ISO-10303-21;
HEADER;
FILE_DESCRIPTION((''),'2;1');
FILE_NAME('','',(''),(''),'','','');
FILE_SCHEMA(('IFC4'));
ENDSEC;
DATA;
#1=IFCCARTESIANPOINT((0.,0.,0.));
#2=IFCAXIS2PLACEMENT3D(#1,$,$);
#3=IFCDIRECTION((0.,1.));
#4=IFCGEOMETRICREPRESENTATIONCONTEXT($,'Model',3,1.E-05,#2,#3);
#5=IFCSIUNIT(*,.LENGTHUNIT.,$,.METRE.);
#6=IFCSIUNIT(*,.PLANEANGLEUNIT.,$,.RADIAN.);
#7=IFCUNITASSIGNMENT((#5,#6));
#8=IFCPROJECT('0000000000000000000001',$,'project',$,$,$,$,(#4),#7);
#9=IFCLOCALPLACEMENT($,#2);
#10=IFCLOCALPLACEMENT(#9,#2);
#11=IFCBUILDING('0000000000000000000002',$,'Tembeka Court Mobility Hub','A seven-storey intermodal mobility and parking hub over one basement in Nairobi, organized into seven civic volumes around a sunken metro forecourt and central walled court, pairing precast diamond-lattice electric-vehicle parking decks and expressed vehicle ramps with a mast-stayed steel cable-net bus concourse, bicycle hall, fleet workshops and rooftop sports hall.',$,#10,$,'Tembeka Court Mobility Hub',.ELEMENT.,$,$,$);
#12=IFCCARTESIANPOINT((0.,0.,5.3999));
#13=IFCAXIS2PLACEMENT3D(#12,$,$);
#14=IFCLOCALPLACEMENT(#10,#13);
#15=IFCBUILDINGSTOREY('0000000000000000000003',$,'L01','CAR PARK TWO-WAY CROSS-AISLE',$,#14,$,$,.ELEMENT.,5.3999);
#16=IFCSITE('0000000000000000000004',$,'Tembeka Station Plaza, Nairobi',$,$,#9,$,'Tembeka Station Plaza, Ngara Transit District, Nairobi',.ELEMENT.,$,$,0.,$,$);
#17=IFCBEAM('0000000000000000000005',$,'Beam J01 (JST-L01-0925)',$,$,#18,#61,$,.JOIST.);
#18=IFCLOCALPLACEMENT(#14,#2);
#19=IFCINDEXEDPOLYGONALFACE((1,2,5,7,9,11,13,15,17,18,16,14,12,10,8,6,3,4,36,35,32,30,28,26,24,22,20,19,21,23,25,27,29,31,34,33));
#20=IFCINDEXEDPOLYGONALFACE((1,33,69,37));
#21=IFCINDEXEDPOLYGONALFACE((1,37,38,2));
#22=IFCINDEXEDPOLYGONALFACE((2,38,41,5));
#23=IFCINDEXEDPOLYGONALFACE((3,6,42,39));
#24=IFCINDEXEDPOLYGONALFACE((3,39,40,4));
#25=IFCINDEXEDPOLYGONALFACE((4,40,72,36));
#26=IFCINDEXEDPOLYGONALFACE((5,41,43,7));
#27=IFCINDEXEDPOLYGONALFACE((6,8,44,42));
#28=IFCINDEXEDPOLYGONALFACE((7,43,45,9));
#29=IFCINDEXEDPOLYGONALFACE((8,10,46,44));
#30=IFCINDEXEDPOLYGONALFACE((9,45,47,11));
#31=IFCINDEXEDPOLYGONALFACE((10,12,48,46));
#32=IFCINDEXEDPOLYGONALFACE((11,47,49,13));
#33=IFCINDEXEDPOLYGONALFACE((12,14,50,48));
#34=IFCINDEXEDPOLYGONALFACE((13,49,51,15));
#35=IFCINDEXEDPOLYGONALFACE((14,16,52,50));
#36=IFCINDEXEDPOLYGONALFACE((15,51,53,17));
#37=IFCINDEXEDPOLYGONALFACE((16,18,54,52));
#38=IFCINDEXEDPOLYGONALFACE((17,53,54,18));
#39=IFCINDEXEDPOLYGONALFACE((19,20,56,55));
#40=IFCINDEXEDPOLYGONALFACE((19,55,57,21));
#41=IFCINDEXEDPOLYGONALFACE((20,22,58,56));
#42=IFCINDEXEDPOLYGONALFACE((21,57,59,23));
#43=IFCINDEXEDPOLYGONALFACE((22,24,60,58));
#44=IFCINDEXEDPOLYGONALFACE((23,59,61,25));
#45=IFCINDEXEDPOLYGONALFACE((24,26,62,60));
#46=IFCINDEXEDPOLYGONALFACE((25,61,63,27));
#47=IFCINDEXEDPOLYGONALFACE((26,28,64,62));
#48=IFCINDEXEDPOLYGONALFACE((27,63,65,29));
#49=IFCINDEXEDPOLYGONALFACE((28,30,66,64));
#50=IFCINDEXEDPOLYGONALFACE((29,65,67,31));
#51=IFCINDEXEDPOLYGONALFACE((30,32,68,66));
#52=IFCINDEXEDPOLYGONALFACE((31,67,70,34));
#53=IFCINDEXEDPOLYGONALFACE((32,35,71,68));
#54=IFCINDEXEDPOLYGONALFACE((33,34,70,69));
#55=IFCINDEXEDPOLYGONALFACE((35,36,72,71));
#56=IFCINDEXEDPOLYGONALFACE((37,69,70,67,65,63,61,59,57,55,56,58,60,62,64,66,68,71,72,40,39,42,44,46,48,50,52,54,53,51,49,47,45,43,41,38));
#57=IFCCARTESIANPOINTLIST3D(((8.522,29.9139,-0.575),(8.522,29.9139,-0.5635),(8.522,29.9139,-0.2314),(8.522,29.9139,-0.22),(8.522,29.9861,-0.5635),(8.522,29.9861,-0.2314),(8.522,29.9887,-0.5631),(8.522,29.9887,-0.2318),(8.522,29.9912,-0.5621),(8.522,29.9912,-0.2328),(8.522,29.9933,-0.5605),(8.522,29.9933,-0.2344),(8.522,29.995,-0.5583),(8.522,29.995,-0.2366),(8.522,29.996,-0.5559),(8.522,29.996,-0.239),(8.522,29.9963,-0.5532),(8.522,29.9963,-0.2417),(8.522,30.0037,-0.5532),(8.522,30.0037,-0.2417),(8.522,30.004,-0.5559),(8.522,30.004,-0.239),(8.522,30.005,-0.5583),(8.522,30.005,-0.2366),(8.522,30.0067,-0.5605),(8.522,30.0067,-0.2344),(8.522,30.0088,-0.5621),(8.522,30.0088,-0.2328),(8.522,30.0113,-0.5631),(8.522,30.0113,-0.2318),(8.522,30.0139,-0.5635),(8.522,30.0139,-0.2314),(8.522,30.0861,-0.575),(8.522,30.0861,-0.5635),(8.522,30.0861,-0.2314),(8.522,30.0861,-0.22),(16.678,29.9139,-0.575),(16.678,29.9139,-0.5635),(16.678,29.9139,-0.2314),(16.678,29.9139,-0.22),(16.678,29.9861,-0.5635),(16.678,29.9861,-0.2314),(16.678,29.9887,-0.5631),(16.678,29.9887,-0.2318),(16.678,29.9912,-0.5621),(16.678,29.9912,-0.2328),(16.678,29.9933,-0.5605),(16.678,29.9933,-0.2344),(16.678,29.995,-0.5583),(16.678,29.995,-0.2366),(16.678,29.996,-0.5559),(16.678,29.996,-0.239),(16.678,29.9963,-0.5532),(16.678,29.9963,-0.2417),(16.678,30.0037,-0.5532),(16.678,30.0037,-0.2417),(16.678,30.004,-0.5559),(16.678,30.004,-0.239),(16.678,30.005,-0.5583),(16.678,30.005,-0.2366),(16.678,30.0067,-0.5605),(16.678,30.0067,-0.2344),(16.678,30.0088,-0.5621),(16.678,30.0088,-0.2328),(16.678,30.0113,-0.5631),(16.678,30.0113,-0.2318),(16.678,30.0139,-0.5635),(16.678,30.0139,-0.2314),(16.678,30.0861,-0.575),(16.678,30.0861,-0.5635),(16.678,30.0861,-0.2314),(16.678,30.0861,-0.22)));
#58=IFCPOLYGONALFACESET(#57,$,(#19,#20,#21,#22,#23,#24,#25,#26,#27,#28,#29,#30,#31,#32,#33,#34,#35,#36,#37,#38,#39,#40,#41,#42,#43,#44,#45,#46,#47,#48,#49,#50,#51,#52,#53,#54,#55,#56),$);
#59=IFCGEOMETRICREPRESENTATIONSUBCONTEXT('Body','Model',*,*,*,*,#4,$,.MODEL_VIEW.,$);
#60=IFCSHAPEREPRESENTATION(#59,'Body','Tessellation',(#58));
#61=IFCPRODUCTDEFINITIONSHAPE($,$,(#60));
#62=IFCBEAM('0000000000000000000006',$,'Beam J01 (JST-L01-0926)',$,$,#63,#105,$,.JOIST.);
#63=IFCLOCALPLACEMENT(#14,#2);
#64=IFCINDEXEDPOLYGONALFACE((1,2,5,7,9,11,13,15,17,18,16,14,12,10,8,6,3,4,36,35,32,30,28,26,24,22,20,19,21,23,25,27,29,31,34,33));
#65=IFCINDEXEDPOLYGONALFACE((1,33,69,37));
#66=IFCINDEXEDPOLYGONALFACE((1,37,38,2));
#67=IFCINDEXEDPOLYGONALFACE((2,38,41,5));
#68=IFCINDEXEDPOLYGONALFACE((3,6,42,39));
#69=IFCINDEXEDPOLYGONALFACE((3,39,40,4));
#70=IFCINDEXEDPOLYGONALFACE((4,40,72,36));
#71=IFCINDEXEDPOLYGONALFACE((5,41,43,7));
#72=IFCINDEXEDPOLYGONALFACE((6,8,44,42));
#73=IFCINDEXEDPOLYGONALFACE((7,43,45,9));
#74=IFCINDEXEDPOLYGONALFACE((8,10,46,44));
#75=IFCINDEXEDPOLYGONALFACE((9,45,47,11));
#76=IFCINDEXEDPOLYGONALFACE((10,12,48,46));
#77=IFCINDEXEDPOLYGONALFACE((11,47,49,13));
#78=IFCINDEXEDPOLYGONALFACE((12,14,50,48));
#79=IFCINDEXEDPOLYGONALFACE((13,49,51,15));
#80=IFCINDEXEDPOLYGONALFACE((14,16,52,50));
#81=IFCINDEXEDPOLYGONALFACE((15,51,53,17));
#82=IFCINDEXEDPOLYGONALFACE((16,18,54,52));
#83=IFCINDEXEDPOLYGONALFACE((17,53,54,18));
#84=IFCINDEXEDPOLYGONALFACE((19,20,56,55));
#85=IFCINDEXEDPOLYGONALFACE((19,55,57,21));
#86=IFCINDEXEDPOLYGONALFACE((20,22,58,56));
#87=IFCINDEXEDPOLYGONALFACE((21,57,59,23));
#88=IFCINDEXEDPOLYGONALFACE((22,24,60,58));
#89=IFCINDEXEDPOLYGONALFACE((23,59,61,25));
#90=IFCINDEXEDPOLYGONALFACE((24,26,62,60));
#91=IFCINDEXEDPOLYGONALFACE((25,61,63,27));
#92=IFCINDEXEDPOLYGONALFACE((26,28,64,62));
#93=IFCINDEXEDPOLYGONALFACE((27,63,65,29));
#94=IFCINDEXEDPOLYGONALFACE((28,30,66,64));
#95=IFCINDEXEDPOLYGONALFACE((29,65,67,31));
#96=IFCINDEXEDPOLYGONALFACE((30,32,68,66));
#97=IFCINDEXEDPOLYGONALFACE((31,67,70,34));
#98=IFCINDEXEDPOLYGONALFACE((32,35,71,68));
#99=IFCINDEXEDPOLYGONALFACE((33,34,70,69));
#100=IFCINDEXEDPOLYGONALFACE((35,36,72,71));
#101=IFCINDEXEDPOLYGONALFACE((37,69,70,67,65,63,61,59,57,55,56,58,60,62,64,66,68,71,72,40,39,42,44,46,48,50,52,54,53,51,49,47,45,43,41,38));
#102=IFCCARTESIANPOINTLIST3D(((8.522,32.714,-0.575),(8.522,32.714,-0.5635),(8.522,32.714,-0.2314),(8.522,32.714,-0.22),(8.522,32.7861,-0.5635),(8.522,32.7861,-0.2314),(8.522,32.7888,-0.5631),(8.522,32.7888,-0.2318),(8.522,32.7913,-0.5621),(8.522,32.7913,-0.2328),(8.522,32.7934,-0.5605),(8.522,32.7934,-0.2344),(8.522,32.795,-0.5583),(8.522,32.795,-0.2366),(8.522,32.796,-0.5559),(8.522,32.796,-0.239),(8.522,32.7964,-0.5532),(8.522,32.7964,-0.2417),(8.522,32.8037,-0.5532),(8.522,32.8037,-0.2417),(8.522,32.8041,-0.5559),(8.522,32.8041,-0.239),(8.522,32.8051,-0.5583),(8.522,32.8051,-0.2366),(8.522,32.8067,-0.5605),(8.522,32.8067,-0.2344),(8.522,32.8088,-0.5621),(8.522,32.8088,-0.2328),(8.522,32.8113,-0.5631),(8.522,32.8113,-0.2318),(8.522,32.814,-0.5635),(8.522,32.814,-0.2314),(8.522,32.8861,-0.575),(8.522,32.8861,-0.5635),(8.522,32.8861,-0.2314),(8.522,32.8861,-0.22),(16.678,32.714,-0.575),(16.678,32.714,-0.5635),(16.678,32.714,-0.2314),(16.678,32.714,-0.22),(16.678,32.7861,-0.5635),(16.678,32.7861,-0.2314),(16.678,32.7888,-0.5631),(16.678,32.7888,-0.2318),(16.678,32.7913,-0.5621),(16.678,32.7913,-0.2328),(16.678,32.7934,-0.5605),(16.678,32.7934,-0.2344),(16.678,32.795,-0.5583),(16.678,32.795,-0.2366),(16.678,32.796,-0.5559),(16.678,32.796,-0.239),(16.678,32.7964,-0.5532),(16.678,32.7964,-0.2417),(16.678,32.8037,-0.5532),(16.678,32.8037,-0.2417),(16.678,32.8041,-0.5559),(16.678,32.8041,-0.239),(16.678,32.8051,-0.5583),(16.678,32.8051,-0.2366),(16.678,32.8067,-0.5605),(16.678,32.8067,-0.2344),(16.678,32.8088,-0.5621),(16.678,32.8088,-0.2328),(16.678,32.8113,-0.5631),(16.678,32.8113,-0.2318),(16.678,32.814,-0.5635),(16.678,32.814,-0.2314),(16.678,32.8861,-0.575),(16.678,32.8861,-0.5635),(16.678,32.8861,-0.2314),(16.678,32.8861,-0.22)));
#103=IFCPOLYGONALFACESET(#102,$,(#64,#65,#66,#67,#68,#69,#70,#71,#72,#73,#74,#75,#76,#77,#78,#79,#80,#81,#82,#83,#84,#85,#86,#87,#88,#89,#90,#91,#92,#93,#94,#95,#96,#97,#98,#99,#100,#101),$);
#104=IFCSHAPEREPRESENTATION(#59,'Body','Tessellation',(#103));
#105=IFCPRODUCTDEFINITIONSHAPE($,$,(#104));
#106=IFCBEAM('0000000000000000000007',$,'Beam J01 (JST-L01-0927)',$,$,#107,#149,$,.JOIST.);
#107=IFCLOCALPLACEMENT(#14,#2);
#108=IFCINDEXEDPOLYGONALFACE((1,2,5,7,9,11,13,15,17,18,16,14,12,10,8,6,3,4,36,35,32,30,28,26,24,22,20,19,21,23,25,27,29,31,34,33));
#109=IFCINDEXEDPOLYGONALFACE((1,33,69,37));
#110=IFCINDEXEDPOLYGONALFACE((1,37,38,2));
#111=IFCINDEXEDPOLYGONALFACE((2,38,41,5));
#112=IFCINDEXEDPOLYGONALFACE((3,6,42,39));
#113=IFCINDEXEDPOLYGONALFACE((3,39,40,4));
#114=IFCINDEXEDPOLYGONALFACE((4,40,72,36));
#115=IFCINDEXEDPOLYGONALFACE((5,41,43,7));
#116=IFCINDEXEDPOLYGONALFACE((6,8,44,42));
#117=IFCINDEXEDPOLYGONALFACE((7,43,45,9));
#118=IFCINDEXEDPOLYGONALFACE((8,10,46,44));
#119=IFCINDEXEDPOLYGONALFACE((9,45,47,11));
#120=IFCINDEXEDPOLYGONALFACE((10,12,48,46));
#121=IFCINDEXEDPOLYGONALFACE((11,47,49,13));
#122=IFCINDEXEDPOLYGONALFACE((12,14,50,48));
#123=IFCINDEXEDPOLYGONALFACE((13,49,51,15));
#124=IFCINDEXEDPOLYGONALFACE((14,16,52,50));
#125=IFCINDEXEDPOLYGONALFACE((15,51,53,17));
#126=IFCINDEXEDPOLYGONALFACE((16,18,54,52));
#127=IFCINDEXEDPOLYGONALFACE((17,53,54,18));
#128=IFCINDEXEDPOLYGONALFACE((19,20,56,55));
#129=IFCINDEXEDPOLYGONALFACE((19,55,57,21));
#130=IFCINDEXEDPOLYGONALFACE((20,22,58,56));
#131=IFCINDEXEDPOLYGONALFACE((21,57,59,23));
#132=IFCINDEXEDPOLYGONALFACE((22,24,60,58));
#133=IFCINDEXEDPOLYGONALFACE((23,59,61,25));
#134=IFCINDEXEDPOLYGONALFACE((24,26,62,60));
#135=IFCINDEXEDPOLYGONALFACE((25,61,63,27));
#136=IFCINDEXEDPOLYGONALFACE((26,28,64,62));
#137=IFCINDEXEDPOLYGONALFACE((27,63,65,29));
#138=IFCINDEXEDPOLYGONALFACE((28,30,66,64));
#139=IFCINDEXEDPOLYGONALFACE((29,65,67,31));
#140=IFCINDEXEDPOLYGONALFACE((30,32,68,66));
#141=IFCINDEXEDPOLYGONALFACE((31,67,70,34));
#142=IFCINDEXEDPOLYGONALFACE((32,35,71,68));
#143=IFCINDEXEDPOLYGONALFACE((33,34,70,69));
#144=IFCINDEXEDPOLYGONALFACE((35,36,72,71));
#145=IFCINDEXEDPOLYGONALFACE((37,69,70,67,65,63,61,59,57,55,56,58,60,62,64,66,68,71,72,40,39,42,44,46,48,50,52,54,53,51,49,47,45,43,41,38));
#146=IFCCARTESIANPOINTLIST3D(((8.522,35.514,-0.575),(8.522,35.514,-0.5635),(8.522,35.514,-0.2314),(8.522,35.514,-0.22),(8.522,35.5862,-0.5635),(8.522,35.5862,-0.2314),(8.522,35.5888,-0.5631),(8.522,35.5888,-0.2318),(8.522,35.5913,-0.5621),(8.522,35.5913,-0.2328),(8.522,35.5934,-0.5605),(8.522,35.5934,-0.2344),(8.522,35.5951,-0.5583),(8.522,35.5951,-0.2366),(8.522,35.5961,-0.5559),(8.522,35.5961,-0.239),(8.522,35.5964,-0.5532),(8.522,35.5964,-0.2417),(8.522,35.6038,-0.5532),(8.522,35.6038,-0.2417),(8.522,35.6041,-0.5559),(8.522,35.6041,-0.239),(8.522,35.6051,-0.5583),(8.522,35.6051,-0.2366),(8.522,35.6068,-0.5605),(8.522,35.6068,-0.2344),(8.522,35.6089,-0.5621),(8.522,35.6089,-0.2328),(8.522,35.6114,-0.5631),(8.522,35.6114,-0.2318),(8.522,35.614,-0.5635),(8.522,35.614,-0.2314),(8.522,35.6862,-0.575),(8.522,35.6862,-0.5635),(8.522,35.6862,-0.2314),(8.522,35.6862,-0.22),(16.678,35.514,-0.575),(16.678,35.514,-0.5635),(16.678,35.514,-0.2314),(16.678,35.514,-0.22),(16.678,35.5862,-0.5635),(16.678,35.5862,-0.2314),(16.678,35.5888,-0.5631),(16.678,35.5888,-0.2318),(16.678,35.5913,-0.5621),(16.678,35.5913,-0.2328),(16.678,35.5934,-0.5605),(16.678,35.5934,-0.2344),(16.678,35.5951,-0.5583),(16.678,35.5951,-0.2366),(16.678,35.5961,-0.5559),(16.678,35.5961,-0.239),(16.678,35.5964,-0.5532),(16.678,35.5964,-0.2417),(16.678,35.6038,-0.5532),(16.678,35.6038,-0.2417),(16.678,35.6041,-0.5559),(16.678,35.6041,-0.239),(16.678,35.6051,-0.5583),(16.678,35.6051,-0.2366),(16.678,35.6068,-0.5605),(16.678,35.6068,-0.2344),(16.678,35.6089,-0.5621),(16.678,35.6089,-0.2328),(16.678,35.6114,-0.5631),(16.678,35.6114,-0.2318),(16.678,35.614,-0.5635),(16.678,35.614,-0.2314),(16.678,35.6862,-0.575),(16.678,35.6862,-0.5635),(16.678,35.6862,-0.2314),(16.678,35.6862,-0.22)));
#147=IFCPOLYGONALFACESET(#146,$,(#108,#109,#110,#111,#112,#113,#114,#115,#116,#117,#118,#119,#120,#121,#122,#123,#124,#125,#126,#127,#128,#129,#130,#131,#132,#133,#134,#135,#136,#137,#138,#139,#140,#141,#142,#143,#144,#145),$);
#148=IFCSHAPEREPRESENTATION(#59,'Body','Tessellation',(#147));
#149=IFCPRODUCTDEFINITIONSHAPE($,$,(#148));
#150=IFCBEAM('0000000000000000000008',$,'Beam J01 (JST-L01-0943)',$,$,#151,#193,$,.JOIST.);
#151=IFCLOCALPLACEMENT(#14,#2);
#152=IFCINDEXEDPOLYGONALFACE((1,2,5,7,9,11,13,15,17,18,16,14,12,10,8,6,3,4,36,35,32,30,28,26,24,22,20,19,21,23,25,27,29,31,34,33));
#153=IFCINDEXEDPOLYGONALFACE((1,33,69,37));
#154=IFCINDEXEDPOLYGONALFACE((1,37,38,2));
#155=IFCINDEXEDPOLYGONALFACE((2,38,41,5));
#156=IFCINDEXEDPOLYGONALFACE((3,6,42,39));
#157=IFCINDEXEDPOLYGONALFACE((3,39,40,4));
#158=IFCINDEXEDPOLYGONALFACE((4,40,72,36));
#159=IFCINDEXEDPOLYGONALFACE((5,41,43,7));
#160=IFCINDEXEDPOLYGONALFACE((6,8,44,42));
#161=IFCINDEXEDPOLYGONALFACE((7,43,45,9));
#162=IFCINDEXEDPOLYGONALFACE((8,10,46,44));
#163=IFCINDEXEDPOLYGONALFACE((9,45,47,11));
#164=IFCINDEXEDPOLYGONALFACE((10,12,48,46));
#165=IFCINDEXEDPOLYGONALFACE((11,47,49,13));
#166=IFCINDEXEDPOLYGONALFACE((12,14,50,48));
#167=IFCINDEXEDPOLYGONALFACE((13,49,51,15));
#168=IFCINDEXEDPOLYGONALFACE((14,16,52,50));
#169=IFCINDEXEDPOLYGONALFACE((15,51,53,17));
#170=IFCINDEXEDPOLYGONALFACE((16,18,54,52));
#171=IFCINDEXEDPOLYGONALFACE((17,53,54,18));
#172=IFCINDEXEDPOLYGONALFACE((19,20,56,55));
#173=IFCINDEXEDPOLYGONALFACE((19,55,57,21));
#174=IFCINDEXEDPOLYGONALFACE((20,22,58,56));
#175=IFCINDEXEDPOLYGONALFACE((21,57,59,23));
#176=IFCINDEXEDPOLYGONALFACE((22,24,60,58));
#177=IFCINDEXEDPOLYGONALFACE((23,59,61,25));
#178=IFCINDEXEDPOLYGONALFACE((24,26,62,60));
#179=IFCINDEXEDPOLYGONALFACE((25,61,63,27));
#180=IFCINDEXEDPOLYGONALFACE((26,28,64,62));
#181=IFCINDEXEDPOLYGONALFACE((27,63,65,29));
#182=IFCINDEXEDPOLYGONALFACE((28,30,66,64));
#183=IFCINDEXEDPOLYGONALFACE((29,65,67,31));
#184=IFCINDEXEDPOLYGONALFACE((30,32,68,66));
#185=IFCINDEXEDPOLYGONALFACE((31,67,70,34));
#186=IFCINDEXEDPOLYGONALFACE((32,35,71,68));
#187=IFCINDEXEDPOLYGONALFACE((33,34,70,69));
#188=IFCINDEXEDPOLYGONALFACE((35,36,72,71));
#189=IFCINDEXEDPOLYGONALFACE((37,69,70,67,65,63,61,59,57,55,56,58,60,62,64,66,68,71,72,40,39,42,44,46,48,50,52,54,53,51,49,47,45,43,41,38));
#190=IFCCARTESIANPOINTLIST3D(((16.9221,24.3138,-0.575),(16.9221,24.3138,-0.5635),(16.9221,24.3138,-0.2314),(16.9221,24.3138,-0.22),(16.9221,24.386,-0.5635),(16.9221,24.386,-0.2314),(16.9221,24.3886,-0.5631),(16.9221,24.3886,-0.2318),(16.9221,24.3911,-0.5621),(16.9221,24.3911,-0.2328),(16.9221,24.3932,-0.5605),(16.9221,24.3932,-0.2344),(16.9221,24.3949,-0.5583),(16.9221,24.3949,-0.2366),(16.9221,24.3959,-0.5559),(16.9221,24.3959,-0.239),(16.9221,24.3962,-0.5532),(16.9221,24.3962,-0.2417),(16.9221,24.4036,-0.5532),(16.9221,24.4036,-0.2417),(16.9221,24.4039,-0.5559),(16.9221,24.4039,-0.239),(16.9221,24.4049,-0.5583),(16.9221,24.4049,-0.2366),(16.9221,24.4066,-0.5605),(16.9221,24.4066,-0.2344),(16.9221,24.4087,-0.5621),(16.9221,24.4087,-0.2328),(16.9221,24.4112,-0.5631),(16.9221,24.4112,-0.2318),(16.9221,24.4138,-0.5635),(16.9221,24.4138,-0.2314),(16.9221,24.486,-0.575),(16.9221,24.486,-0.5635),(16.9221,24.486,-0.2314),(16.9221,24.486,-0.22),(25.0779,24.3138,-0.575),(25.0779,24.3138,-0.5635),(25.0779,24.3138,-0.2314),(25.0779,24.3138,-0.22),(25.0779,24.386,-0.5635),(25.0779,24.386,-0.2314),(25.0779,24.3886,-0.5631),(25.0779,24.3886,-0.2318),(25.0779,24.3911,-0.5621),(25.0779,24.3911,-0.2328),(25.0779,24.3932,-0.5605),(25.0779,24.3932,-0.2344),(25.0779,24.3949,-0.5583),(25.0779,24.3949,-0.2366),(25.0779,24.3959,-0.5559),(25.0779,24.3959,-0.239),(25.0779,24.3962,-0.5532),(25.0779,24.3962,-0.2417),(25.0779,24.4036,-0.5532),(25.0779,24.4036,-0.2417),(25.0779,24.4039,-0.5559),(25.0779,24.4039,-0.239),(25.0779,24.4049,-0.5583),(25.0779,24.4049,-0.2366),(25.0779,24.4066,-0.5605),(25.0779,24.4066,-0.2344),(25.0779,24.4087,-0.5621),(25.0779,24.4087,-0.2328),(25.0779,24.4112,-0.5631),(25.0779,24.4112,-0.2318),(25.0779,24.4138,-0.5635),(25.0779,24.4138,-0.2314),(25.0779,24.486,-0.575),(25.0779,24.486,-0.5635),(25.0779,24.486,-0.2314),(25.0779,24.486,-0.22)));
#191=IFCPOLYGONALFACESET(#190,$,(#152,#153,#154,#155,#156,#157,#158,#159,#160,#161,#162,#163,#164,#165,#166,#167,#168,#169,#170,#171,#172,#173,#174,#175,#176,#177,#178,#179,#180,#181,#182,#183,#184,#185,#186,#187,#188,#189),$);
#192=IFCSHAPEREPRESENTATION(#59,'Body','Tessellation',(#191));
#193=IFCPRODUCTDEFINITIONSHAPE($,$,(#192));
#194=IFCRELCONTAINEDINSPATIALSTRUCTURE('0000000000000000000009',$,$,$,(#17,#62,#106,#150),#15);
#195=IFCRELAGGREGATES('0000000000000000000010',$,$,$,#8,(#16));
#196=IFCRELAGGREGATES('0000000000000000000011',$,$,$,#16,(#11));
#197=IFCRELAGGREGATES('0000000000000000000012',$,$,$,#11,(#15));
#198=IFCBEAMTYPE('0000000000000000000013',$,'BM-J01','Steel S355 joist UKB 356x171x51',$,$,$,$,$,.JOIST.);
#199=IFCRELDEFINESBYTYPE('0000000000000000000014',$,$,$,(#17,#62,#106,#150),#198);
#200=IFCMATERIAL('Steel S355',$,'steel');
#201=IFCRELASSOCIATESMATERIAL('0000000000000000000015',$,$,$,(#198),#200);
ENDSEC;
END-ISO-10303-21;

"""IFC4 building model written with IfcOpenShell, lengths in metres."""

from ifc_helpers import new_model, si_unit, direction, frame, origin, origin_2d, place, context, subcontext, project, spatial, i_section, extrude, material, material_profile, profile_set, type_object, element, save


model = new_model("IFC4")

# Units and contexts
model_context = context("Model", 3, precision=1e-05, world=origin(), true_north=direction((0.0, 1.0)))
body_context = subcontext(model_context, "Body", "Model", "MODEL_VIEW")
ifc_project = project(units=[si_unit("LENGTHUNIT", "METRE"), si_unit("PLANEANGLEUNIT", "RADIAN")], contexts=[model_context])

# Site, building, storey
site_placement = place(None, origin())
site = spatial("IfcSite", under=ifc_project, at=site_placement, Name="Tembeka Station Plaza, Nairobi", LongName="Tembeka Station Plaza, Ngara Transit District, Nairobi", CompositionType="ELEMENT", RefElevation=0.0)
building_placement = place(site_placement, origin())
building = spatial("IfcBuilding", under=site, at=building_placement, Name="Tembeka Court Mobility Hub", Description="A seven-storey intermodal mobility and parking hub over one basement in Nairobi, organized into seven civic volumes around a sunken metro forecourt and central walled court, pairing precast diamond-lattice electric-vehicle parking decks and expressed vehicle ramps with a mast-stayed steel cable-net bus concourse, bicycle hall, fleet workshops and rooftop sports hall.", LongName="Tembeka Court Mobility Hub", CompositionType="ELEMENT")
storey_placement = place(building_placement, frame((0.0, 0.0, 5.3999)))
storey = spatial("IfcBuildingStorey", under=building, at=storey_placement, Name="L01", Description="CAR PARK TWO-WAY CROSS-AISLE", CompositionType="ELEMENT", Elevation=5.3999)

# Shared definitions
ifc_material_1 = material(Name="Steel S355", Category="steel")

# Beams
ifc_material_profile_1 = material_profile(ifc_material_1, i_section(OverallWidth=0.1721, OverallDepth=0.355, WebThickness=0.0073, FlangeThickness=0.0115, FilletRadius=0.0103, at=origin_2d()), Name="UKB 356x171x51")
ifc_profile_set_1 = profile_set([ifc_material_profile_1], Name="Steel S355")
beam_type_1 = type_object("IfcBeamType", Name="BM-J01", Description="Steel S355 joist UKB 356x171x51", PredefinedType="JOIST", material=ifc_profile_set_1)
for number, where, z_axis, x_axis, name in (
    (1, (8.522, 30.0, -0.3975), (1.0, 0.0, 0.0), (0.0, 1.0, 0.0), "Beam J01 (JST-L01-0925)"),
    (2, (8.522, 32.8, -0.3975), (1.0, 0.0, 0.0), (0.0, 1.0, 0.0), "Beam J01 (JST-L01-0926)"),
    (3, (8.522, 35.6001, -0.3975), (1.0, 0.0, 0.0), (0.0, 1.0, 0.0), "Beam J01 (JST-L01-0927)"),
):
    element("IfcBeam", number, at=place(storey_placement, frame(where, z_axis=z_axis, x_axis=x_axis)), inside=storey, type_object=beam_type_1, Name=name, PredefinedType="JOIST", context=body_context, shape_type="SweptSolid", body=[
        extrude(i_section(OverallWidth=0.1721, OverallDepth=0.355, WebThickness=0.0073, FlangeThickness=0.0115, FilletRadius=0.0103, at=origin_2d()), origin(), (0.0, 0.0, 1.0), 8.156),
    ])
for number, where, z_axis, x_axis, name in (
    (4, (16.9221, 24.3999, -0.3975), (1.0, 0.0, 0.0), (0.0, 1.0, 0.0), "Beam J01 (JST-L01-0943)"),
):
    element("IfcBeam", number, at=place(storey_placement, frame(where, z_axis=z_axis, x_axis=x_axis)), inside=storey, type_object=beam_type_1, Name=name, PredefinedType="JOIST", context=body_context, shape_type="SweptSolid", body=[
        extrude(i_section(OverallWidth=0.1721, OverallDepth=0.355, WebThickness=0.0073, FlangeThickness=0.0115, FilletRadius=0.0103, at=origin_2d()), origin(), (0.0, 0.0, 1.0), 8.1558),
    ])

save(model, "model.ifc")
